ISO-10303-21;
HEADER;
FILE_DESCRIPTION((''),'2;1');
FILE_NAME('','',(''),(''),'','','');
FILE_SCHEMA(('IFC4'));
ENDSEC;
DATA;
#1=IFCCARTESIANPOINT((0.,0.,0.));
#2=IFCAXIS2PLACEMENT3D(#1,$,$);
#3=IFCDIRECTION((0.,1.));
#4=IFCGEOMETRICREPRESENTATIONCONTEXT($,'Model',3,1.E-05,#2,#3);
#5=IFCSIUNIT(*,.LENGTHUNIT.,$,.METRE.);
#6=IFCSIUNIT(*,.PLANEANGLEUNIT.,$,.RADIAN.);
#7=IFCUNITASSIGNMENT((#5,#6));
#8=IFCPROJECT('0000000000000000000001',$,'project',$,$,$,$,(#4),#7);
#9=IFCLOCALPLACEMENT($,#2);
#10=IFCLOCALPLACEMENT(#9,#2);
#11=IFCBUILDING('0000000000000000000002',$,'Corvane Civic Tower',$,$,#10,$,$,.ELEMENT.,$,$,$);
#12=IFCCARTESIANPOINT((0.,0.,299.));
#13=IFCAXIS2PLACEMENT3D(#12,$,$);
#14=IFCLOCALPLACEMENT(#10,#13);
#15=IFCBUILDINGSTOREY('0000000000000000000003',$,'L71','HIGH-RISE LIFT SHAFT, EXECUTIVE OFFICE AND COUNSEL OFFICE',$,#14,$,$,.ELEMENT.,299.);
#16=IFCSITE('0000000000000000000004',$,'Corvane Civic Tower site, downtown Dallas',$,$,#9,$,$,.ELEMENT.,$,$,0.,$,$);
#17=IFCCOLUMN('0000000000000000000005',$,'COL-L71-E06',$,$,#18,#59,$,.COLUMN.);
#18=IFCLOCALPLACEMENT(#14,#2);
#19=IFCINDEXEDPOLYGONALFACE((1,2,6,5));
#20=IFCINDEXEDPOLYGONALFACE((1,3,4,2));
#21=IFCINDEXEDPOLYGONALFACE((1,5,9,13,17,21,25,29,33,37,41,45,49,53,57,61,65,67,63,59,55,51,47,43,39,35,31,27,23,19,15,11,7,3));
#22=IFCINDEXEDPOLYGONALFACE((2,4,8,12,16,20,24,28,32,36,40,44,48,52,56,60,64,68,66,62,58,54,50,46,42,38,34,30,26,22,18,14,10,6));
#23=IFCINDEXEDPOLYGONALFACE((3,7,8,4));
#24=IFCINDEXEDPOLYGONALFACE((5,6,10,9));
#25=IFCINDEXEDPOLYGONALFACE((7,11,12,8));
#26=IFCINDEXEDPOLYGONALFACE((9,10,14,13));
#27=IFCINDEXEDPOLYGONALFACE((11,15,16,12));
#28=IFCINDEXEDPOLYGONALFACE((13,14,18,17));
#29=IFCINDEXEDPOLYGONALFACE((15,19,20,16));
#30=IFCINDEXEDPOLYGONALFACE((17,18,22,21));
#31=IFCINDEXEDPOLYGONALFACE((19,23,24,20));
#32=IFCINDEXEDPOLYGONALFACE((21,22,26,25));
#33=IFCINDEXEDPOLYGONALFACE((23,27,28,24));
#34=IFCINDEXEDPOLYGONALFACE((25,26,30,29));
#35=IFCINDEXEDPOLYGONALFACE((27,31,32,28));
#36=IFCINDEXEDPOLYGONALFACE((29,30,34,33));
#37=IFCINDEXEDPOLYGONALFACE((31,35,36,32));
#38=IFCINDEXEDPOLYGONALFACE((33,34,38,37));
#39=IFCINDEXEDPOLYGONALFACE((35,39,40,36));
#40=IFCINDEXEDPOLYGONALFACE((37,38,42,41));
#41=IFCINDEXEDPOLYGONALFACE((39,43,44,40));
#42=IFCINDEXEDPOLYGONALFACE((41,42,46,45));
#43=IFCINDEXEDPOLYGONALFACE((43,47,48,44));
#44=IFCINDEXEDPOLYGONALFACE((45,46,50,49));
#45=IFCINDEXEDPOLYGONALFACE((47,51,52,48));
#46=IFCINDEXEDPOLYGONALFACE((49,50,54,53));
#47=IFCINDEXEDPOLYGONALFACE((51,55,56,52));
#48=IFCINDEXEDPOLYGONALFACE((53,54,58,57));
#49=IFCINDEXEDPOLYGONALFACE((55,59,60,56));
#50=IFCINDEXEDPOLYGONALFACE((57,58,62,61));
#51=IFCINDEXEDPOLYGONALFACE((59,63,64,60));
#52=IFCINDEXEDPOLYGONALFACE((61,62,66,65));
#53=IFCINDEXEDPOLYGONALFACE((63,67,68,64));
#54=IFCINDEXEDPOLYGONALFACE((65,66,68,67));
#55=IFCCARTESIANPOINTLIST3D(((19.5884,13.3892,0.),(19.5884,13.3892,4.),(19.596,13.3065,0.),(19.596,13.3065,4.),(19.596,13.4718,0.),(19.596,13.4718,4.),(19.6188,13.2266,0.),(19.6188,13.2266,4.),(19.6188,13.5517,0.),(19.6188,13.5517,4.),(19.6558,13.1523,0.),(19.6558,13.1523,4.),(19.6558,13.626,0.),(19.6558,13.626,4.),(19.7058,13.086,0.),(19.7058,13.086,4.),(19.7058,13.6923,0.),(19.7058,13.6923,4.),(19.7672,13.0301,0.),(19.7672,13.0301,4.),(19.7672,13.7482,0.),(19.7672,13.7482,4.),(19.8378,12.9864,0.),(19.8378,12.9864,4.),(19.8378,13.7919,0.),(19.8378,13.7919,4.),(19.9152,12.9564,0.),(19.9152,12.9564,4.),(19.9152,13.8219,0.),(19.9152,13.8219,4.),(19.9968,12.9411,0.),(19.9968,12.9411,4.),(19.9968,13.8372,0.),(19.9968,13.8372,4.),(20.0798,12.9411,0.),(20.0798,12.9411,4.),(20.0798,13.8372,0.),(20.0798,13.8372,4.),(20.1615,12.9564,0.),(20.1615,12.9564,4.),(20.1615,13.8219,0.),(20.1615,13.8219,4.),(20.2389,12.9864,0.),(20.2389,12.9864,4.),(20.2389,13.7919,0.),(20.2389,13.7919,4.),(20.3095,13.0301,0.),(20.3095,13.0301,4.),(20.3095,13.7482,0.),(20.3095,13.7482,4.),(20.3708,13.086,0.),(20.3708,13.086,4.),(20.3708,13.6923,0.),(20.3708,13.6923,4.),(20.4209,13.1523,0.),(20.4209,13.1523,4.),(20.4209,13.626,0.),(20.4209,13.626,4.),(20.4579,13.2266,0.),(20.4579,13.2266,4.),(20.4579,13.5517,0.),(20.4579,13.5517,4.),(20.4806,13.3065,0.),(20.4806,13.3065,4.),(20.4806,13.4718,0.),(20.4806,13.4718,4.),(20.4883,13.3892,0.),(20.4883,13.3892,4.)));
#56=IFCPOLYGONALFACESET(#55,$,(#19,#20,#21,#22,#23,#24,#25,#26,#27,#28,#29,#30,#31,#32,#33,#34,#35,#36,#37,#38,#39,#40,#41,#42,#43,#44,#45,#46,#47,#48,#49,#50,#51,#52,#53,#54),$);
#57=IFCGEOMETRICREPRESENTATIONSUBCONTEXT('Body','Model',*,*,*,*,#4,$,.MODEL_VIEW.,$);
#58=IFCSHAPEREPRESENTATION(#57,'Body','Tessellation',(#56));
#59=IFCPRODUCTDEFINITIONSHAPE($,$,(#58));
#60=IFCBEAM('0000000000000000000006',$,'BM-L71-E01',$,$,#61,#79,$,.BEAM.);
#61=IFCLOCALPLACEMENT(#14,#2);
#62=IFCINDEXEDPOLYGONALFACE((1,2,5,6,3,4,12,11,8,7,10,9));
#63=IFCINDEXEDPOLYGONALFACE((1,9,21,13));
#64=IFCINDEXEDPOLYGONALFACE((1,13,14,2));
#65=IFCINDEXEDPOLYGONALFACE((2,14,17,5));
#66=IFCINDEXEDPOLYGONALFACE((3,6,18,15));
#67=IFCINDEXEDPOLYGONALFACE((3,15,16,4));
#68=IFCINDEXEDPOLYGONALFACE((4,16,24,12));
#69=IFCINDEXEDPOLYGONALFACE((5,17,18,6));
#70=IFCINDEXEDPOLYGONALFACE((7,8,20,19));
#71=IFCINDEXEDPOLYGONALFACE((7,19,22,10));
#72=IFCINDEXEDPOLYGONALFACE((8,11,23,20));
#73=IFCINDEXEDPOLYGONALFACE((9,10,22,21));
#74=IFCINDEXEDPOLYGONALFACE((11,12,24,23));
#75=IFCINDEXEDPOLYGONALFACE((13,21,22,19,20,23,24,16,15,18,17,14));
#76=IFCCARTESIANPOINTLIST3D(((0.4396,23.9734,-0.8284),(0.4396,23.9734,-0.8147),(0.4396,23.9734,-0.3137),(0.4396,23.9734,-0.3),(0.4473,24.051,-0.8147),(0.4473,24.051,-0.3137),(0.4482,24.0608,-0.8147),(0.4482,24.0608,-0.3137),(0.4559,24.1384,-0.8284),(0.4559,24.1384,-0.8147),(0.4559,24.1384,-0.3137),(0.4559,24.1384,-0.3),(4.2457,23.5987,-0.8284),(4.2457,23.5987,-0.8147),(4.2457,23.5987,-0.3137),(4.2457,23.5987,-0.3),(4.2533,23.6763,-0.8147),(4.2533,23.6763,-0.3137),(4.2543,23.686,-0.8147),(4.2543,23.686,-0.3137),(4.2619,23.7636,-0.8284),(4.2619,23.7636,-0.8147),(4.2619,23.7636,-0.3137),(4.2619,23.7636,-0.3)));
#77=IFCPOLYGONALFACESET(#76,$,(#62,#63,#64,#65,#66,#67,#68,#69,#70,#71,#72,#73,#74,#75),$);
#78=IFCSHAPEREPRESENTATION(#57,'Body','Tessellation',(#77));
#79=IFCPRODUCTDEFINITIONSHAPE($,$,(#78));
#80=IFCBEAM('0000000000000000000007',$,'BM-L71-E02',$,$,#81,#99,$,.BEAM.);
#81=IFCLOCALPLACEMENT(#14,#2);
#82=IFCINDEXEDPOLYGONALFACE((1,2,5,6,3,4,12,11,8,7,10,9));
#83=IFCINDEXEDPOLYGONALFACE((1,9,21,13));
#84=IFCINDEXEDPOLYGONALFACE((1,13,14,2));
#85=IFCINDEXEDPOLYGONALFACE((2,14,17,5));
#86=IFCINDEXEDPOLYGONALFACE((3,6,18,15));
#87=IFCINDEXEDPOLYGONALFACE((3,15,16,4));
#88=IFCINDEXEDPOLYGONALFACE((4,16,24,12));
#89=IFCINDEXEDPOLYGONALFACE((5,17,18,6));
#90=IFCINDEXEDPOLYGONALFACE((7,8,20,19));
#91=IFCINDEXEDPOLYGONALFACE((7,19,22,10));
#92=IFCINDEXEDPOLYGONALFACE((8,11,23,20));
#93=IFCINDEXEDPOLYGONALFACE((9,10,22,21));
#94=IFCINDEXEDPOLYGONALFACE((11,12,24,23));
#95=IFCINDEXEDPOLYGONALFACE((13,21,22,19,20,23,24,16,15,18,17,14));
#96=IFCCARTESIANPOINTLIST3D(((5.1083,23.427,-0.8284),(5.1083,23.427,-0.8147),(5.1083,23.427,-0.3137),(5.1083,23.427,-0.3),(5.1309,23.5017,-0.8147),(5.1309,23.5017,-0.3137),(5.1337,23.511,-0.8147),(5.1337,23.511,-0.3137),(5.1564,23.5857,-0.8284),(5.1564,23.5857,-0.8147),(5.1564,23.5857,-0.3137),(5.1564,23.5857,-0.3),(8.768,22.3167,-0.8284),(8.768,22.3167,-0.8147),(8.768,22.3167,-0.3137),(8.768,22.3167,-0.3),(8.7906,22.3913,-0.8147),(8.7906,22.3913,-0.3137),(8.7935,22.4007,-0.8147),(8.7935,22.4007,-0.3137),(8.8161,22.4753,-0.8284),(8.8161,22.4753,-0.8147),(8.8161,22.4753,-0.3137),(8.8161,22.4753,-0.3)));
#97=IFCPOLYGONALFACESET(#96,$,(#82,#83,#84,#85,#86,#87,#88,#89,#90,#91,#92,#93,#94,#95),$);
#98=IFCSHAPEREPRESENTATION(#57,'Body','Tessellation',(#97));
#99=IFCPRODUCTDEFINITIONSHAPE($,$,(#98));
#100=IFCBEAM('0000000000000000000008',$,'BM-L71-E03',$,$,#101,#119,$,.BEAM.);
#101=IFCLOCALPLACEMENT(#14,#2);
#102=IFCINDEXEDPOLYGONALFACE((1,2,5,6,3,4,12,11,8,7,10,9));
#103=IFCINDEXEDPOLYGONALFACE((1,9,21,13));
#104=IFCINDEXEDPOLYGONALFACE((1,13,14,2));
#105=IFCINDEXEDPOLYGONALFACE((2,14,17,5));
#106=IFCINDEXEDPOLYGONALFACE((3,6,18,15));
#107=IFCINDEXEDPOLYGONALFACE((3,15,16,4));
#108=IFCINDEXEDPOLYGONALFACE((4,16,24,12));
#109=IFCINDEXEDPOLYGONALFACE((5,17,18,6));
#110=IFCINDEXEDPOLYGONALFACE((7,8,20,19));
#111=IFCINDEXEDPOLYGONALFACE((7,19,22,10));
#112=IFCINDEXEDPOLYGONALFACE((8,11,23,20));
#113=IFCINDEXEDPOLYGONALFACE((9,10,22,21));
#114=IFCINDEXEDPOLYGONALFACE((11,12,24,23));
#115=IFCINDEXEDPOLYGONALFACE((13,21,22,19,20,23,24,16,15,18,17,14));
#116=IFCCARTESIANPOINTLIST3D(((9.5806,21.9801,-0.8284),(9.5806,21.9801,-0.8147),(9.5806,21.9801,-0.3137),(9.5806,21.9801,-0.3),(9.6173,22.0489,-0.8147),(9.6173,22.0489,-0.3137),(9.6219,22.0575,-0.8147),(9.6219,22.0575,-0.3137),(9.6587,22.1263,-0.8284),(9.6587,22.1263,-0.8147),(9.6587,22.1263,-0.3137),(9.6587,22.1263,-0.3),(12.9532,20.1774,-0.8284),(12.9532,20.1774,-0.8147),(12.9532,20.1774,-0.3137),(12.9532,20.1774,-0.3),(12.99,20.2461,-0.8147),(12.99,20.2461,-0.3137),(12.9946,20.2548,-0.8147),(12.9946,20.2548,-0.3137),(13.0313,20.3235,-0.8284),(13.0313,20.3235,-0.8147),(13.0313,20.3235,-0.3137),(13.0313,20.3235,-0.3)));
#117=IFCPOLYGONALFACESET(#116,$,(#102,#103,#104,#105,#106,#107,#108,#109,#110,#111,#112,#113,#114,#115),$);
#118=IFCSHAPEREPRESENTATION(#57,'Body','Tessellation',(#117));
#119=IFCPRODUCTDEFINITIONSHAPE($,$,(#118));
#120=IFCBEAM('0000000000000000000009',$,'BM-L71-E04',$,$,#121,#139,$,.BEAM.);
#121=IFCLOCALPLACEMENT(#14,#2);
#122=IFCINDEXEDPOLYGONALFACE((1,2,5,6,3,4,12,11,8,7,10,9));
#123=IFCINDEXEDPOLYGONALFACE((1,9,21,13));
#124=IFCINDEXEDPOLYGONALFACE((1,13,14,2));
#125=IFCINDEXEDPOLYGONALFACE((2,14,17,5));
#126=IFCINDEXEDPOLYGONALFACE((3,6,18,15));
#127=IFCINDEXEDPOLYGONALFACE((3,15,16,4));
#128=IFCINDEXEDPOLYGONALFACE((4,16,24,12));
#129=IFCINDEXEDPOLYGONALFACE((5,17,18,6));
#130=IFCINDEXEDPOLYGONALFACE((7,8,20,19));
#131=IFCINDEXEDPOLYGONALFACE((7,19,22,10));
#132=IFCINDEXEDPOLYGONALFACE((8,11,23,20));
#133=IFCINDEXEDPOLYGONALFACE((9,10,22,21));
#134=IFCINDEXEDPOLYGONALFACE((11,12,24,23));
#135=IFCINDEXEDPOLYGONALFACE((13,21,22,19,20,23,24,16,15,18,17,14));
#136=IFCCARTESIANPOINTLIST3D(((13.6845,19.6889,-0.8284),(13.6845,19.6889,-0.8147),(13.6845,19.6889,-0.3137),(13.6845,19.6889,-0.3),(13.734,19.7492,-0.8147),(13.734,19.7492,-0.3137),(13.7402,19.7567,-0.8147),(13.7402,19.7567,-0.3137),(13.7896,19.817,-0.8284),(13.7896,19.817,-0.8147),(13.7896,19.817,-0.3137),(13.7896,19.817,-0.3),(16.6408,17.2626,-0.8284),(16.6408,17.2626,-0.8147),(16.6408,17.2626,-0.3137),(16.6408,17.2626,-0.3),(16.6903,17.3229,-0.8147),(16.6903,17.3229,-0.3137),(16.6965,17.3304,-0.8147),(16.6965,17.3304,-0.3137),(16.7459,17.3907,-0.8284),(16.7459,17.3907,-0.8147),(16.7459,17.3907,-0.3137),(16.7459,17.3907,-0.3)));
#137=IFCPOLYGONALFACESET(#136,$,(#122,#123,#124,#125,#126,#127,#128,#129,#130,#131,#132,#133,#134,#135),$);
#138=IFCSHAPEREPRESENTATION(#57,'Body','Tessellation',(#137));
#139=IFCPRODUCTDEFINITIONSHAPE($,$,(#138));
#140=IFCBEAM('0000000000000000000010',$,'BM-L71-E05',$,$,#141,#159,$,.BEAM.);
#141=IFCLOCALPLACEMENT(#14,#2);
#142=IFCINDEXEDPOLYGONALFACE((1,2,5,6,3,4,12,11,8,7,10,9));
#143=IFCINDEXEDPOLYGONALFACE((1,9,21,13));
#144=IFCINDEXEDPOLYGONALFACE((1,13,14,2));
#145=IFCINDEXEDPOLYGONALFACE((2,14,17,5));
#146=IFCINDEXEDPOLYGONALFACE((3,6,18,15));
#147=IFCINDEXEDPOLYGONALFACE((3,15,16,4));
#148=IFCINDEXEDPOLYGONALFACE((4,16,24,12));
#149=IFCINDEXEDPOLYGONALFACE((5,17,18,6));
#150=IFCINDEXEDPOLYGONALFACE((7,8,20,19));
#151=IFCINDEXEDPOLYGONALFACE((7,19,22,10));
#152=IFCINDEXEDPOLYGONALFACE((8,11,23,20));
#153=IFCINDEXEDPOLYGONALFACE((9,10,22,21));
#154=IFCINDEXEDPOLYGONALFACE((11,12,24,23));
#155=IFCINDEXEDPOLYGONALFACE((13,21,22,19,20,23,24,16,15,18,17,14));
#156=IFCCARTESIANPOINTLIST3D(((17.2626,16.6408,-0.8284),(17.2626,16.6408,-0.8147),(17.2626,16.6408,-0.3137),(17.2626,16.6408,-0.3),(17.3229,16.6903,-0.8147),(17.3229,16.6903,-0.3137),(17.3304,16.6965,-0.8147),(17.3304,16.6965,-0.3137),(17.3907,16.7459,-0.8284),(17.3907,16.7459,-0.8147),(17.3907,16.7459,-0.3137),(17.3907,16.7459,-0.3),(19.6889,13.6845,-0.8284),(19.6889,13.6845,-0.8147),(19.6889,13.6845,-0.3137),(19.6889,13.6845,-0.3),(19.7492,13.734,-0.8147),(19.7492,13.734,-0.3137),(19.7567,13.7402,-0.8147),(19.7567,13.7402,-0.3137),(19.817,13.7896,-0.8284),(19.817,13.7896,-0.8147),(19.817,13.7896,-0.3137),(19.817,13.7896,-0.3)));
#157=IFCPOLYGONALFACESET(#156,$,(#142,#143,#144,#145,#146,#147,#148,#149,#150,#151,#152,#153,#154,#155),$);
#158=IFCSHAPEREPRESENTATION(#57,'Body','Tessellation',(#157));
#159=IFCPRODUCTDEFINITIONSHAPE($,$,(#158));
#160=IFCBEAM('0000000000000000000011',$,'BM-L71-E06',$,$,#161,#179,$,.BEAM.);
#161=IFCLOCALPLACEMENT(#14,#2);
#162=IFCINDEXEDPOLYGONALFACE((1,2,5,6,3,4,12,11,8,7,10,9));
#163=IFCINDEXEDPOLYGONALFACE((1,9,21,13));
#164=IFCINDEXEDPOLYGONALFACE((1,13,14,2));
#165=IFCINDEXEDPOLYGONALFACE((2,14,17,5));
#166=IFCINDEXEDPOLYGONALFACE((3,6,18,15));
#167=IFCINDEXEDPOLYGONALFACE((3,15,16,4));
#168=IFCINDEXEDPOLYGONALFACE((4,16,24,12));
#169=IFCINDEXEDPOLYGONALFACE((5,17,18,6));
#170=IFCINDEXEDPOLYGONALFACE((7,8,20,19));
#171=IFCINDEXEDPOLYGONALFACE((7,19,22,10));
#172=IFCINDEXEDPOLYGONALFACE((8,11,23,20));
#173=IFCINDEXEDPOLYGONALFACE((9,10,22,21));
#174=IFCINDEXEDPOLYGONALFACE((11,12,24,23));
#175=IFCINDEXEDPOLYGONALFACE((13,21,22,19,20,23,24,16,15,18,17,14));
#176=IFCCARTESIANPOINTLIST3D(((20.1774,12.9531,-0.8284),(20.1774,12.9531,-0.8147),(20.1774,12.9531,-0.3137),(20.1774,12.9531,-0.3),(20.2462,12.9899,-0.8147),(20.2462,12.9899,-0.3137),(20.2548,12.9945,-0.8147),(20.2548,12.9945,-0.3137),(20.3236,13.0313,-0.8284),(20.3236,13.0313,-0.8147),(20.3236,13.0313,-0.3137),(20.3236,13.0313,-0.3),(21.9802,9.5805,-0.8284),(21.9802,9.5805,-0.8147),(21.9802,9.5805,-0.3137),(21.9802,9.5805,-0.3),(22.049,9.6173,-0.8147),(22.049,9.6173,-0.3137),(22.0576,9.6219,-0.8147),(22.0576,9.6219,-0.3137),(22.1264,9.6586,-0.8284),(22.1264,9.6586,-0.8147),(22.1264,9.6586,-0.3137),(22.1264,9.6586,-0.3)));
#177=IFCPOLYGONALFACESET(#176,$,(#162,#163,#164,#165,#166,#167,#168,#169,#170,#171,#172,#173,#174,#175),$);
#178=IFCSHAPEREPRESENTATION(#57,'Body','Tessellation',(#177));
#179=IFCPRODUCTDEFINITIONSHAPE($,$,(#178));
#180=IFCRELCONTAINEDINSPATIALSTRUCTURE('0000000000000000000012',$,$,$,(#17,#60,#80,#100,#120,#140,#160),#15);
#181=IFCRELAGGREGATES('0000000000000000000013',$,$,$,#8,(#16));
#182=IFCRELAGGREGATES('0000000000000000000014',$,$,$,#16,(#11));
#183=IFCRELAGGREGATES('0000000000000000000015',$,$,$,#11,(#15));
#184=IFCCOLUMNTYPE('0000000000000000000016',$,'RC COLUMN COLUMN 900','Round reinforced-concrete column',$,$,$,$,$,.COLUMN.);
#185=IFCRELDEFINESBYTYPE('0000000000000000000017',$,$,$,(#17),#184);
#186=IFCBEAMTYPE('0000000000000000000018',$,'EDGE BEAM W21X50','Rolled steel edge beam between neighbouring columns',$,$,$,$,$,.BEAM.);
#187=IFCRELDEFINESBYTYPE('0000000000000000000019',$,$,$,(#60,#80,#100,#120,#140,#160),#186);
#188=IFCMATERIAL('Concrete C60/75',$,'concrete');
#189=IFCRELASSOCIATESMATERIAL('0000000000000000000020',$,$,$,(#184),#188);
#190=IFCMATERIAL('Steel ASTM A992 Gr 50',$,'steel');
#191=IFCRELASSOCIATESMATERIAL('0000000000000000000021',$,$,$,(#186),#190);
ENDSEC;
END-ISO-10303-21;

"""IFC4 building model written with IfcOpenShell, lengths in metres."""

from ifc_helpers import new_model, si_unit, direction, frame, origin, origin_2d, place, context, subcontext, project, spatial, circle, i_section, extrude, material, material_profile, profile_set, type_object, element, save


model = new_model("IFC4")

# Units and contexts
model_context = context("Model", 3, precision=1e-05, world=origin(), true_north=direction((0.0, 1.0)))
body_context = subcontext(model_context, "Body", "Model", "MODEL_VIEW")
ifc_project = project(units=[si_unit("LENGTHUNIT", "METRE"), si_unit("PLANEANGLEUNIT", "RADIAN")], contexts=[model_context])

# Site, building, storey
site_placement = place(None, origin())
site = spatial("IfcSite", under=ifc_project, at=site_placement, Name="Corvane Civic Tower site, downtown Dallas", CompositionType="ELEMENT", RefElevation=0.0)
building_placement = place(site_placement, origin())
building = spatial("IfcBuilding", under=site, at=building_placement, Name="Corvane Civic Tower", CompositionType="ELEMENT")
storey_placement = place(building_placement, frame((0.0, 0.0, 299.0)))
storey = spatial("IfcBuildingStorey", under=building, at=storey_placement, Name="L71", Description="HIGH-RISE LIFT SHAFT, EXECUTIVE OFFICE AND COUNSEL OFFICE", CompositionType="ELEMENT", Elevation=299.0)

# Column
ifc_material_1 = material(Name="Concrete C60/75", Category="concrete")
ifc_material_profile_1 = material_profile(ifc_material_1, circle(Radius=0.45, at=origin_2d()), Name="COLUMN 900")
ifc_profile_set_1 = profile_set([ifc_material_profile_1], Name="Concrete C60/75")
column_type = type_object("IfcColumnType", Name="RC COLUMN COLUMN 900", Description="Round reinforced-concrete column", PredefinedType="COLUMN", material=ifc_profile_set_1)
for number, where, z_axis, x_axis, name in (
    (1, (20.0383, 13.3892, 0.0), (0.0, 0.0, 1.0), (1.0, 0.0, 0.0), "COL-L71-E06"),
):
    element("IfcColumn", number, at=place(storey_placement, frame(where, z_axis=z_axis, x_axis=x_axis)), inside=storey, type_object=column_type, Name=name, PredefinedType="COLUMN", context=body_context, shape_type="SweptSolid", body=[
        extrude(circle(Radius=0.45, at=origin_2d()), origin(), (0.0, 0.0, 1.0), 4.0),
    ])

# Beams
ifc_material_2 = material(Name="Steel ASTM A992 Gr 50", Category="steel")
ifc_material_profile_2 = material_profile(ifc_material_2, i_section(OverallWidth=0.1658, OverallDepth=0.5283, WebThickness=0.0098, FlangeThickness=0.0137, at=origin_2d()), Name="W21X50")
ifc_profile_set_2 = profile_set([ifc_material_profile_2], Name="Steel ASTM A992 Gr 50")
beam_type_1 = type_object("IfcBeamType", Name="EDGE BEAM W21X50", Description="Rolled steel edge beam between neighbouring columns", PredefinedType="BEAM", material=ifc_profile_set_2)
for number, where, z_axis, x_axis, name in (
    (2, (0.4478, 24.0559, -0.5642), (0.995188, -0.097987, 0.0), (0.097987, 0.995188, 0.0), "BM-L71-E01"),
    (3, (5.1323, 23.5063, -0.5642), (0.956926, -0.290333, 0.0), (0.290333, 0.956926, 0.0), "BM-L71-E02"),
):
    element("IfcBeam", number, at=place(storey_placement, frame(where, z_axis=z_axis, x_axis=x_axis)), inside=storey, type_object=beam_type_1, Name=name, PredefinedType="BEAM", context=body_context, shape_type="SweptSolid", body=[
        extrude(i_section(OverallWidth=0.1658, OverallDepth=0.5283, WebThickness=0.0098, FlangeThickness=0.0137, at=origin_2d()), origin(), (0.0, 0.0, 1.0), 3.8245),
    ])
beam_1_placement = place(storey_placement, frame((9.6196, 22.0532, -0.5642), z_axis=(0.881914, -0.47141, 0.0), x_axis=(0.47141, 0.881914, 0.0)))
element("IfcBeam", 4, at=beam_1_placement, inside=storey, type_object=beam_type_1, Name="BM-L71-E03", PredefinedType="BEAM", context=body_context, shape_type="SweptSolid", body=[
    extrude(i_section(OverallWidth=0.1658, OverallDepth=0.5283, WebThickness=0.0098, FlangeThickness=0.0137, at=origin_2d()), origin(), (0.0, 0.0, 1.0), 3.8242),
])
for number, where, z_axis, x_axis, name in (
    (5, (13.7371, 19.7529, -0.5642), (0.772998, -0.634409, 0.0), (0.634409, 0.772998, 0.0), "BM-L71-E04"),
    (6, (17.3267, 16.6934, -0.5642), (0.634409, -0.772998, 0.0), (0.772998, 0.634409, 0.0), "BM-L71-E05"),
):
    element("IfcBeam", number, at=place(storey_placement, frame(where, z_axis=z_axis, x_axis=x_axis)), inside=storey, type_object=beam_type_1, Name=name, PredefinedType="BEAM", context=body_context, shape_type="SweptSolid", body=[
        extrude(i_section(OverallWidth=0.1658, OverallDepth=0.5283, WebThickness=0.0098, FlangeThickness=0.0137, at=origin_2d()), origin(), (0.0, 0.0, 1.0), 3.8245),
    ])
beam_2_placement = place(storey_placement, frame((20.2505, 12.9922, -0.5642), z_axis=(0.47141, -0.881914, 0.0), x_axis=(0.881914, 0.47141, 0.0)))
element("IfcBeam", 7, at=beam_2_placement, inside=storey, type_object=beam_type_1, Name="BM-L71-E06", PredefinedType="BEAM", context=body_context, shape_type="SweptSolid", body=[
    extrude(i_section(OverallWidth=0.1658, OverallDepth=0.5283, WebThickness=0.0098, FlangeThickness=0.0137, at=origin_2d()), origin(), (0.0, 0.0, 1.0), 3.8242),
])

save(model, "model.ifc")
